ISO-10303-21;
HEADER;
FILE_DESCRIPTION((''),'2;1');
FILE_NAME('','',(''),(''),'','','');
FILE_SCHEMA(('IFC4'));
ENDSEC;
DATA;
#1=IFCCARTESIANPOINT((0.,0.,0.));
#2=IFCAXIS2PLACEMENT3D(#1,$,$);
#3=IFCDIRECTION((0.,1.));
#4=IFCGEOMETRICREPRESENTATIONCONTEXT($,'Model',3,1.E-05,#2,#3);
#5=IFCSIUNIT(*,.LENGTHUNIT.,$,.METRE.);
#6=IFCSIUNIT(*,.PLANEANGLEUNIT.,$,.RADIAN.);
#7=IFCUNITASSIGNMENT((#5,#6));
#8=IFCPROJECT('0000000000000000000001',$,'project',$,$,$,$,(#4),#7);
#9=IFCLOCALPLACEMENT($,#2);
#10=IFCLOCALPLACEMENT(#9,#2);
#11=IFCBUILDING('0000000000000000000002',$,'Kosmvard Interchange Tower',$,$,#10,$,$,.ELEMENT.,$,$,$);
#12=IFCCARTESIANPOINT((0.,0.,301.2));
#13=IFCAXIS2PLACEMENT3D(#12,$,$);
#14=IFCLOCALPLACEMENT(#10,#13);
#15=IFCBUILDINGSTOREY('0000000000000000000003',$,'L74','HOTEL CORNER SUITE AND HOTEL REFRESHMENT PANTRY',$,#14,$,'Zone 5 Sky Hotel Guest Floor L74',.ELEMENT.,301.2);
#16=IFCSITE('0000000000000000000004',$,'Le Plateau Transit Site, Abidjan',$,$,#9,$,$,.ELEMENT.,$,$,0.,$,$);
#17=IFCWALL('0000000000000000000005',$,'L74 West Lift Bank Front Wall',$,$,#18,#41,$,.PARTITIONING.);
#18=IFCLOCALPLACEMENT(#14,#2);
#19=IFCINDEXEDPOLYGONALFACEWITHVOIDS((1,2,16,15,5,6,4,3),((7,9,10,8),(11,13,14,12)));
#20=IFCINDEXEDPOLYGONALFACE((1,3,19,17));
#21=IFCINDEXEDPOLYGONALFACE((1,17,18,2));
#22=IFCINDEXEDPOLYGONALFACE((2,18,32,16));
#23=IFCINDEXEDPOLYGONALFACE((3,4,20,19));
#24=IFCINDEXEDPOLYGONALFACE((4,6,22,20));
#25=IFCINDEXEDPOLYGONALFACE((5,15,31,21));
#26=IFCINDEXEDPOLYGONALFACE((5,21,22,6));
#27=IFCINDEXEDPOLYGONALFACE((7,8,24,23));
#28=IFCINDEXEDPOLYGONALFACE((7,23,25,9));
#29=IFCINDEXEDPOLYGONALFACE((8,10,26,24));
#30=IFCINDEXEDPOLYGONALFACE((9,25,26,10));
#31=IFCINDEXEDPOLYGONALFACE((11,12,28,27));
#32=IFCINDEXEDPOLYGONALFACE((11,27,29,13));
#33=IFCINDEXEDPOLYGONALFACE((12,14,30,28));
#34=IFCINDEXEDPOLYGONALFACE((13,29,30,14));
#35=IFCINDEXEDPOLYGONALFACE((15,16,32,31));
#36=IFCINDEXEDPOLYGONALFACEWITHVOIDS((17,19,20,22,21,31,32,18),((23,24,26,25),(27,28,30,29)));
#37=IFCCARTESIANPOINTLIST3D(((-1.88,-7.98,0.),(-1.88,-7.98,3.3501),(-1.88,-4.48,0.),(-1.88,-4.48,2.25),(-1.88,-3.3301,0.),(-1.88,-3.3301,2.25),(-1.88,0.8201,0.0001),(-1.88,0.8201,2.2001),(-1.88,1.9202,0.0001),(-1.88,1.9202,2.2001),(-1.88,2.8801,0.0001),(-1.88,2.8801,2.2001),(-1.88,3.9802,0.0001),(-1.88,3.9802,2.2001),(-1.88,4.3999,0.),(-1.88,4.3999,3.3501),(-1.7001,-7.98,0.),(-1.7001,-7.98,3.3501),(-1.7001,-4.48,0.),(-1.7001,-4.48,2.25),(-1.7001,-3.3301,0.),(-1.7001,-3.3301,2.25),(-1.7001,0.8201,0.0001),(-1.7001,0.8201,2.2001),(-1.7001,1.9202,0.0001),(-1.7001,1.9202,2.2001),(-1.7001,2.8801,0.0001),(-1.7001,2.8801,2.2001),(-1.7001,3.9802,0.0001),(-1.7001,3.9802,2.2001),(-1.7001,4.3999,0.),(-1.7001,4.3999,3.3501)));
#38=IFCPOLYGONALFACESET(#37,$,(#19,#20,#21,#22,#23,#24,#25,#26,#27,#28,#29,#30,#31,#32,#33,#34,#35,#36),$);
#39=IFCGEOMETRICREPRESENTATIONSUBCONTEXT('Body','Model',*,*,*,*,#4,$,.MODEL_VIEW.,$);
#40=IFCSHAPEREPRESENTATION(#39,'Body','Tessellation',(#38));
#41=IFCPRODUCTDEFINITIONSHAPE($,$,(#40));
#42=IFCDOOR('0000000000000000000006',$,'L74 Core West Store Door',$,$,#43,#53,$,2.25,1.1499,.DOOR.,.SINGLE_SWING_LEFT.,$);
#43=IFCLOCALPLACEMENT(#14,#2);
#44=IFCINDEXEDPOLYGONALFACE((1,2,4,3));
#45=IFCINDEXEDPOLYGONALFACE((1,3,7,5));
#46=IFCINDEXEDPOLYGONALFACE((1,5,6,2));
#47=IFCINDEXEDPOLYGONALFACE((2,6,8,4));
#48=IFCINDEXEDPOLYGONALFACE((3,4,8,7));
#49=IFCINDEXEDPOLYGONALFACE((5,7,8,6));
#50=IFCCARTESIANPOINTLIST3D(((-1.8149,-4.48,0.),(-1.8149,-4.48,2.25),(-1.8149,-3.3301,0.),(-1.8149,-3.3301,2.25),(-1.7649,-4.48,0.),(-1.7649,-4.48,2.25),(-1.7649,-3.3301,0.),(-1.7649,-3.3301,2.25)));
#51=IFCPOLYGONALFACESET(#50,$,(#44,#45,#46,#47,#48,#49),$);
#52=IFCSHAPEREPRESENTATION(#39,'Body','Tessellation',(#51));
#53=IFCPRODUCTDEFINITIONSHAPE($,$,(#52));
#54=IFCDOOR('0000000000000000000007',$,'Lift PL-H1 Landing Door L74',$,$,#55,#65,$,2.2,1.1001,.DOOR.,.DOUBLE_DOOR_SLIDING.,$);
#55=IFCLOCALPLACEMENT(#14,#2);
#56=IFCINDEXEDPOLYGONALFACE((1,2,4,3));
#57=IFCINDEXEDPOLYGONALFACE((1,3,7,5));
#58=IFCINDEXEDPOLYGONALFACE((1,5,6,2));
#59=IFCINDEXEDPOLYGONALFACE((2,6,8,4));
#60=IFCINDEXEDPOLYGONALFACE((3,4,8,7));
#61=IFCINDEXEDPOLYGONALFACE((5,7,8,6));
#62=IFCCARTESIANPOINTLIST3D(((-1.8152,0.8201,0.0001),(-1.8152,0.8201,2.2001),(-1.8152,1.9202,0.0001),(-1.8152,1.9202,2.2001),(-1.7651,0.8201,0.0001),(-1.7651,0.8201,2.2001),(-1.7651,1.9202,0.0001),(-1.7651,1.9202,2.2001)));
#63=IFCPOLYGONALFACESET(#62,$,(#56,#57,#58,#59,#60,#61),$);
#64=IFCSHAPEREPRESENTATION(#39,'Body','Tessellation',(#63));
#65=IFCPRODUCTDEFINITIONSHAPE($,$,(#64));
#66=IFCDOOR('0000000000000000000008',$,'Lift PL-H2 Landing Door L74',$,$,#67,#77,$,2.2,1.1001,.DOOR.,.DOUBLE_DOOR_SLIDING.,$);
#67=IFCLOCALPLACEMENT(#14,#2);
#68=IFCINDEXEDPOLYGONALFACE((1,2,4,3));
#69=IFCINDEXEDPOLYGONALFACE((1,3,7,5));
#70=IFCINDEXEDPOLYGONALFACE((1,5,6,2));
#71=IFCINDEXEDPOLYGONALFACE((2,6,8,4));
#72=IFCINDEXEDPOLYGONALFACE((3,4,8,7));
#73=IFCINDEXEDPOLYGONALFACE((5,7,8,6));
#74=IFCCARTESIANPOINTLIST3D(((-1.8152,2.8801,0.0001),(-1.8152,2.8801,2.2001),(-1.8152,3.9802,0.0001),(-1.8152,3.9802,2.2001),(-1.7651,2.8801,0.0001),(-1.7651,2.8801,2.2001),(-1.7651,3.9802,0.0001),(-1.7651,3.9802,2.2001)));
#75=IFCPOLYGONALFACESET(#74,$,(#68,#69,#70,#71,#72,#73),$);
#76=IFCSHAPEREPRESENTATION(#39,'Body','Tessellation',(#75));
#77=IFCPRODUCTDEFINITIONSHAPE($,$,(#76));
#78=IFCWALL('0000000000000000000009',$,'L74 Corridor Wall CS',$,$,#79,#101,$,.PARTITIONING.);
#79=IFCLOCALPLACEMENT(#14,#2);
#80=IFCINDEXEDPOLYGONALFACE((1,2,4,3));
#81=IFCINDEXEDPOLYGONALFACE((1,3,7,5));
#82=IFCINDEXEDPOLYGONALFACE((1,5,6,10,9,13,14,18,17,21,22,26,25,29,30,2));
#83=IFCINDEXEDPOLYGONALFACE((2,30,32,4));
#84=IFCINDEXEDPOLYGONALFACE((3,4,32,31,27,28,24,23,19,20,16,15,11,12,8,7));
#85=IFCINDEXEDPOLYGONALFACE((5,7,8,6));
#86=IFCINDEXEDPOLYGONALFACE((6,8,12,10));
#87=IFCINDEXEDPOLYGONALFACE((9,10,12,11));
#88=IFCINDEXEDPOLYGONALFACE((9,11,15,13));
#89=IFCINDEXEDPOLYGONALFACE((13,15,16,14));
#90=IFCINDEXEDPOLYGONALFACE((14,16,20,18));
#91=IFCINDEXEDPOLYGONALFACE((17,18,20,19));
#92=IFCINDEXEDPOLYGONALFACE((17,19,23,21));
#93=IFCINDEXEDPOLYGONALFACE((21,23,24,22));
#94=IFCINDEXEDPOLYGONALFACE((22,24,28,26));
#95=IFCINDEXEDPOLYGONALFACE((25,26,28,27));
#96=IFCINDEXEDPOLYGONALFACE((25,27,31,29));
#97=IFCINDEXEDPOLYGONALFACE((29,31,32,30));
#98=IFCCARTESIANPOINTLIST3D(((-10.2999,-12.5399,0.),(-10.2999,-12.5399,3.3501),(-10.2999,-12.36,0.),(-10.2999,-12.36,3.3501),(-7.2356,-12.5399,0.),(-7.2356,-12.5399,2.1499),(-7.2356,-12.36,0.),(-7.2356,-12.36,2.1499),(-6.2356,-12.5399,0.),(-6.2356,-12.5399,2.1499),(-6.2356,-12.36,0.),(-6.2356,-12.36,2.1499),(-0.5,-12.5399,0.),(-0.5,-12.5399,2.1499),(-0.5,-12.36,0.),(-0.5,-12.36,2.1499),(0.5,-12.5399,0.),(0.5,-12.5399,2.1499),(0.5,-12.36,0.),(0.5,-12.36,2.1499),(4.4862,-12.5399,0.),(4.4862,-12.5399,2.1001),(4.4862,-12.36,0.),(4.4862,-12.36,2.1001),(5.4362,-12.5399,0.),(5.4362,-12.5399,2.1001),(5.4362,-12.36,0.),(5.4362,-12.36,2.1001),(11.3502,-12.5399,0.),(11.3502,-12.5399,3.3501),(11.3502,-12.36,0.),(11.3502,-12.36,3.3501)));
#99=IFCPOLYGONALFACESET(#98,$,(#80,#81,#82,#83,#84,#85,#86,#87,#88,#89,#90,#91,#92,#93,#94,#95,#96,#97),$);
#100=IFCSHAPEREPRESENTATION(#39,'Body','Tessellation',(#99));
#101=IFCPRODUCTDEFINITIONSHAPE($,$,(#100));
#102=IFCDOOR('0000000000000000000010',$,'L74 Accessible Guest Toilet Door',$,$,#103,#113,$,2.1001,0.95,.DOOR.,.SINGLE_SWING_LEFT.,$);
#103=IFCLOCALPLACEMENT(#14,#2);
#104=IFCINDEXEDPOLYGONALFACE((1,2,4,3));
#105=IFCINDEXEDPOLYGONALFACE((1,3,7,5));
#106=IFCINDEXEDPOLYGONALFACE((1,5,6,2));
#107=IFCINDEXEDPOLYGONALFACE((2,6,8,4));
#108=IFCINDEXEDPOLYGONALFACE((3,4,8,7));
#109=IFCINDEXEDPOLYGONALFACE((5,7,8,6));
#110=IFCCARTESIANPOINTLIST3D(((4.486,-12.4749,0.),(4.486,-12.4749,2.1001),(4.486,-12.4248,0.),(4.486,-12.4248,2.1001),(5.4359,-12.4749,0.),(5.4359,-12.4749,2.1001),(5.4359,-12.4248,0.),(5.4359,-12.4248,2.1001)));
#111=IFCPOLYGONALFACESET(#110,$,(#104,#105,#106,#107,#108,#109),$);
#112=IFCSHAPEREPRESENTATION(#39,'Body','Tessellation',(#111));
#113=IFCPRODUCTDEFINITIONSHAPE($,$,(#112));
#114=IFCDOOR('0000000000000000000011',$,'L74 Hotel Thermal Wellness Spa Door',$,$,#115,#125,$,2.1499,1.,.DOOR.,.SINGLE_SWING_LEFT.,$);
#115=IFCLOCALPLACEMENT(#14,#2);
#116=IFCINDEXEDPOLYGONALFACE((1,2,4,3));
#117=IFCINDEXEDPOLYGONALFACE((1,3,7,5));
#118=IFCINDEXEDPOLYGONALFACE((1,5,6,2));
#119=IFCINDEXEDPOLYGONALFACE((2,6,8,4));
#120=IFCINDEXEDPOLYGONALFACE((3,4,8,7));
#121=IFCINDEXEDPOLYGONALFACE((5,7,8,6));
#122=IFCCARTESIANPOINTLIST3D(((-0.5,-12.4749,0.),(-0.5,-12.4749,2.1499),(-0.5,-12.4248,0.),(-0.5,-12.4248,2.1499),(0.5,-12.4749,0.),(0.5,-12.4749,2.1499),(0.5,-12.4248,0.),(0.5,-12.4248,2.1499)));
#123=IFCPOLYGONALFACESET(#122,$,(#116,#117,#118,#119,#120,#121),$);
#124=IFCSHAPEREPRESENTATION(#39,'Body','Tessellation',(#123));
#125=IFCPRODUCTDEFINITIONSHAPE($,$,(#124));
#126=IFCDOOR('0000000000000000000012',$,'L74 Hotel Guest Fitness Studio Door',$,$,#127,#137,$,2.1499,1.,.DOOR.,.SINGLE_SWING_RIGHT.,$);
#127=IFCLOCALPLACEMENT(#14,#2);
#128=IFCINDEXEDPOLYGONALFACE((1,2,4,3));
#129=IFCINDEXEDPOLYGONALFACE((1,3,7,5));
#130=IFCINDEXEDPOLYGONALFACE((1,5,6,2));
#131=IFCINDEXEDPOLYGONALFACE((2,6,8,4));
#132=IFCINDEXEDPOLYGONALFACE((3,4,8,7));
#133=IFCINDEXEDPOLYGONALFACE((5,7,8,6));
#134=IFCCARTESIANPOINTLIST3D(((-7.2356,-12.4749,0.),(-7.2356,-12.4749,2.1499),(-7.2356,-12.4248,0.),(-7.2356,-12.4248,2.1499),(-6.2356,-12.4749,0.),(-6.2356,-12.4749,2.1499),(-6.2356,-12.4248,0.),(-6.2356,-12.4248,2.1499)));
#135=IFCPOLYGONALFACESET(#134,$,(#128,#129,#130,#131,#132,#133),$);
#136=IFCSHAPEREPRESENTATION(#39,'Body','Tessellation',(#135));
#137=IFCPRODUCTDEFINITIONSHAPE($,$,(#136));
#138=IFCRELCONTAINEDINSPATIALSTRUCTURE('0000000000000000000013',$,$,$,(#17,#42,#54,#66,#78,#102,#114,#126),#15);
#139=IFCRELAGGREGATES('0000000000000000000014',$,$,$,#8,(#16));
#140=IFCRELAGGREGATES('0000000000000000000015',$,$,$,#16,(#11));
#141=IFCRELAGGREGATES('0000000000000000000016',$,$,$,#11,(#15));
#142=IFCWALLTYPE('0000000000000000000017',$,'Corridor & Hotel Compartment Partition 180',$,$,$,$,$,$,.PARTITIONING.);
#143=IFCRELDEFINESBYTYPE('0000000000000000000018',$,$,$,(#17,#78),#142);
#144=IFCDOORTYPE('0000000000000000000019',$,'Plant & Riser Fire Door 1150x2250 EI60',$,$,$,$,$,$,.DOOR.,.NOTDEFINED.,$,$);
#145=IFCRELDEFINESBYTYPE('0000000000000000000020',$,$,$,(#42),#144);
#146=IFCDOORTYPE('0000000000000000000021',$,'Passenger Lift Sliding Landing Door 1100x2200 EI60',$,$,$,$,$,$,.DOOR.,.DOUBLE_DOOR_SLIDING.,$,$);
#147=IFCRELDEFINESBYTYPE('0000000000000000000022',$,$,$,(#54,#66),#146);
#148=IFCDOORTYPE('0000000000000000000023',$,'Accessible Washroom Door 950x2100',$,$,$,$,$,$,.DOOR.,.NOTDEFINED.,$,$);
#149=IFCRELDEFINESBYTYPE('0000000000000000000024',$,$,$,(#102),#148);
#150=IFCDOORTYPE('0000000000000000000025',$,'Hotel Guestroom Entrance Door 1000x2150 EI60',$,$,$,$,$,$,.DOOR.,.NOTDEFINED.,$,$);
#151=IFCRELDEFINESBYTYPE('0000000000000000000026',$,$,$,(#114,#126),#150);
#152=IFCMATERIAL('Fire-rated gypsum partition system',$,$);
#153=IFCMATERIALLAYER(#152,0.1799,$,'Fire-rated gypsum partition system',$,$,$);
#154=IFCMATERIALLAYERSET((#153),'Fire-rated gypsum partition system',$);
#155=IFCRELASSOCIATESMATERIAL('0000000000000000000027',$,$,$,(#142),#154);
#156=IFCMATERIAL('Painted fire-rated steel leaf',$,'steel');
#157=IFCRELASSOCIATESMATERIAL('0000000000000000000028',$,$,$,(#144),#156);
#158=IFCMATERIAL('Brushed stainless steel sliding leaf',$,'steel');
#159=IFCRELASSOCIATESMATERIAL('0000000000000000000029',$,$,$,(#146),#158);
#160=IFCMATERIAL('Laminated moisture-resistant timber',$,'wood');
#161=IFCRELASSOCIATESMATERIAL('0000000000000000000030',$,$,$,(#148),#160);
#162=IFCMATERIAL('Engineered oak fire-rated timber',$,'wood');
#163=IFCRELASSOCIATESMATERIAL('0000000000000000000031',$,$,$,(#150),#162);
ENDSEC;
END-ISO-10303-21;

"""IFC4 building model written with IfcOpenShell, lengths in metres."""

from ifc_helpers import new_model, si_unit, direction, frame, frame_2d, origin, place, context, subcontext, project, spatial, rectangle, extrude, source, transform, mapped, material, layer, layer_set, type_object, element, fill, save


model = new_model("IFC4")

# Units and contexts
model_context = context("Model", 3, precision=1e-05, world=origin(), true_north=direction((0.0, 1.0)))
body_context = subcontext(model_context, "Body", "Model", "MODEL_VIEW")
ifc_project = project(units=[si_unit("LENGTHUNIT", "METRE"), si_unit("PLANEANGLEUNIT", "RADIAN")], contexts=[model_context])

# Site, building, storey
site_placement = place(None, origin())
site = spatial("IfcSite", under=ifc_project, at=site_placement, Name="Le Plateau Transit Site, Abidjan", CompositionType="ELEMENT", RefElevation=0.0)
building_placement = place(site_placement, origin())
building = spatial("IfcBuilding", under=site, at=building_placement, Name="Kosmvard Interchange Tower", CompositionType="ELEMENT")
storey_placement = place(building_placement, frame((0.0, 0.0, 301.2)))
storey = spatial("IfcBuildingStorey", under=building, at=storey_placement, Name="L74", Description="HOTEL CORNER SUITE AND HOTEL REFRESHMENT PANTRY", LongName="Zone 5 Sky Hotel Guest Floor L74", CompositionType="ELEMENT", Elevation=301.2)

# Walls, openings, doors
ifc_material_1 = material(Name="Fire-rated gypsum partition system")
ifc_layer_1 = layer(ifc_material_1, 0.1799, Name="Fire-rated gypsum partition system")
ifc_layer_set_1 = layer_set([ifc_layer_1], Name="Fire-rated gypsum partition system")
wall_type_1 = type_object("IfcWallType", Name="Corridor & Hotel Compartment Partition 180", PredefinedType="PARTITIONING", material=ifc_layer_set_1)
wall_1_placement = place(storey_placement, frame((-1.79, -7.98, 0.0), z_axis=(0.0, 0.0, 1.0), x_axis=(0.0, 1.0, 0.0)))
wall_1 = element("IfcWall", 1, at=wall_1_placement, inside=storey, type_object=wall_type_1, Name="L74 West Lift Bank Front Wall", PredefinedType="PARTITIONING", context=body_context, shape_type="SweptSolid", body=[
    extrude(rectangle(XDim=12.3799, YDim=0.1799, at=frame_2d((6.1899, 0.0))), origin(), (0.0, 0.0, 1.0), 3.3501),
])
opening_1_placement = place(wall_1_placement, frame((8.8, 0.0, 0.0)))
opening_1 = element("IfcOpeningElement", 2, at=opening_1_placement, cuts=wall_1, PredefinedType="OPENING", context=body_context, shape_type="SweptSolid", body=[
    extrude(rectangle(XDim=1.1001, YDim=2.2, at=frame_2d((0.55, 1.1001))), frame((0.0, 0.1001, 0.0), z_axis=(0.0, -1.0, 0.0), x_axis=(1.0, 0.0, 0.0)), (0.0, 0.0, 1.0), 0.2),
])
opening_2_placement = place(wall_1_placement, frame((10.8601, 0.0, 0.0)))
opening_2 = element("IfcOpeningElement", 3, at=opening_2_placement, cuts=wall_1, PredefinedType="OPENING", context=body_context, shape_type="SweptSolid", body=[
    extrude(rectangle(XDim=1.1001, YDim=2.2, at=frame_2d((0.55, 1.1001))), frame((0.0, 0.1001, 0.0), z_axis=(0.0, -1.0, 0.0), x_axis=(1.0, 0.0, 0.0)), (0.0, 0.0, 1.0), 0.2),
])
opening_3_placement = place(wall_1_placement, frame((3.5, 0.0, 0.0)))
opening_3 = element("IfcOpeningElement", 4, at=opening_3_placement, cuts=wall_1, PredefinedType="OPENING", context=body_context, shape_type="SweptSolid", body=[
    extrude(rectangle(XDim=1.1499, YDim=2.25, at=frame_2d((0.575, 1.125))), frame((0.0, 0.1001, 0.0), z_axis=(0.0, -1.0, 0.0), x_axis=(1.0, 0.0, 0.0)), (0.0, 0.0, 1.0), 0.2),
])
ifc_material_2 = material(Name="Painted fire-rated steel leaf", Category="steel")
door_type_1 = type_object("IfcDoorType", Name="Plant & Riser Fire Door 1150x2250 EI60", OperationType="NOTDEFINED", PredefinedType="DOOR", material=ifc_material_2)
shared_shape_1 = source(origin(), body_context, "Body", "SweptSolid", [
    extrude(rectangle(XDim=1.1499, YDim=2.25, at=frame_2d((0.575, 1.125))), frame((0.0, 0.0249, 0.0), z_axis=(0.0, -1.0, 0.0), x_axis=(1.0, 0.0, 0.0)), (0.0, 0.0, 1.0), 0.05),
])
door_1_placement = place(opening_3_placement, origin())
door_1 = element("IfcDoor", 5, at=door_1_placement, inside=storey, type_object=door_type_1, Name="L74 Core West Store Door", OperationType="SINGLE_SWING_LEFT", OverallHeight=2.25, OverallWidth=1.1499, PredefinedType="DOOR", context=body_context, shape_type="MappedRepresentation", body=[
    mapped(shared_shape_1, transform((0.0, 0.0, 0.0), scale=1.0)),
])
fill(opening_3, door_1)
ifc_material_3 = material(Name="Brushed stainless steel sliding leaf", Category="steel")
door_type_2 = type_object("IfcDoorType", Name="Passenger Lift Sliding Landing Door 1100x2200 EI60", OperationType="DOUBLE_DOOR_SLIDING", PredefinedType="DOOR", material=ifc_material_3)
shared_shape_2 = source(origin(), body_context, "Body", "SweptSolid", [
    extrude(rectangle(XDim=1.1001, YDim=2.2, at=frame_2d((0.55, 1.1001))), frame((0.0, 0.0249, 0.0), z_axis=(0.0, -1.0, 0.0), x_axis=(1.0, 0.0, 0.0)), (0.0, 0.0, 1.0), 0.05),
])
door_2_placement = place(opening_1_placement, frame((1.1001, 0.0, 0.0), z_axis=(0.0, 0.0, 1.0), x_axis=(-1.0, 0.0, 0.0)))
door_2 = element("IfcDoor", 6, at=door_2_placement, inside=storey, type_object=door_type_2, Name="Lift PL-H1 Landing Door L74", OperationType="DOUBLE_DOOR_SLIDING", OverallHeight=2.2, OverallWidth=1.1001, PredefinedType="DOOR", context=body_context, shape_type="MappedRepresentation", body=[
    mapped(shared_shape_2, transform((0.0, 0.0, 0.0), scale=1.0)),
])
fill(opening_1, door_2)
door_3_placement = place(opening_2_placement, frame((1.1001, 0.0, 0.0), z_axis=(0.0, 0.0, 1.0), x_axis=(-1.0, 0.0, 0.0)))
door_3 = element("IfcDoor", 7, at=door_3_placement, inside=storey, type_object=door_type_2, Name="Lift PL-H2 Landing Door L74", OperationType="DOUBLE_DOOR_SLIDING", OverallHeight=2.2, OverallWidth=1.1001, PredefinedType="DOOR", context=body_context, shape_type="MappedRepresentation", body=[
    mapped(shared_shape_2, transform((0.0, 0.0, 0.0), scale=1.0)),
])
fill(opening_2, door_3)
wall_2_placement = place(storey_placement, frame((-10.3, -12.45, 0.0), z_axis=(0.0, 0.0, 1.0), x_axis=(1.0, 0.0, 0.0)))
wall_2 = element("IfcWall", 8, at=wall_2_placement, inside=storey, type_object=wall_type_1, Name="L74 Corridor Wall CS", PredefinedType="PARTITIONING", context=body_context, shape_type="SweptSolid", body=[
    extrude(rectangle(XDim=21.6501, YDim=0.1799, at=frame_2d((10.8252, 0.0))), origin(), (0.0, 0.0, 1.0), 3.3501),
])
opening_4_placement = place(wall_2_placement, frame((14.7861, 0.0, 0.0)))
opening_4 = element("IfcOpeningElement", 9, at=opening_4_placement, cuts=wall_2, PredefinedType="OPENING", context=body_context, shape_type="SweptSolid", body=[
    extrude(rectangle(XDim=0.95, YDim=2.1001, at=frame_2d((0.4751, 1.05))), frame((0.0, 0.1001, 0.0), z_axis=(0.0, -1.0, 0.0), x_axis=(1.0, 0.0, 0.0)), (0.0, 0.0, 1.0), 0.2),
])
opening_5_placement = place(wall_2_placement, frame((9.8, 0.0, 0.0)))
opening_5 = element("IfcOpeningElement", 10, at=opening_5_placement, cuts=wall_2, PredefinedType="OPENING", context=body_context, shape_type="SweptSolid", body=[
    extrude(rectangle(XDim=1.0, YDim=2.1499, at=frame_2d((0.5, 1.075))), frame((0.0, 0.1001, 0.0), z_axis=(0.0, -1.0, 0.0), x_axis=(1.0, 0.0, 0.0)), (0.0, 0.0, 1.0), 0.2),
])
opening_6_placement = place(wall_2_placement, frame((3.0645, 0.0, 0.0)))
opening_6 = element("IfcOpeningElement", 11, at=opening_6_placement, cuts=wall_2, PredefinedType="OPENING", context=body_context, shape_type="SweptSolid", body=[
    extrude(rectangle(XDim=1.0, YDim=2.1499, at=frame_2d((0.5, 1.075))), frame((0.0, 0.1001, 0.0), z_axis=(0.0, -1.0, 0.0), x_axis=(1.0, 0.0, 0.0)), (0.0, 0.0, 1.0), 0.2),
])
ifc_material_4 = material(Name="Laminated moisture-resistant timber", Category="wood")
door_type_3 = type_object("IfcDoorType", Name="Accessible Washroom Door 950x2100", OperationType="NOTDEFINED", PredefinedType="DOOR", material=ifc_material_4)
shared_shape_3 = source(origin(), body_context, "Body", "SweptSolid", [
    extrude(rectangle(XDim=0.95, YDim=2.1001, at=frame_2d((0.4751, 1.05))), frame((0.0, 0.0249, 0.0), z_axis=(0.0, -1.0, 0.0), x_axis=(1.0, 0.0, 0.0)), (0.0, 0.0, 1.0), 0.05),
])
door_4_placement = place(opening_4_placement, frame((0.95, 0.0, 0.0), z_axis=(0.0, 0.0, 1.0), x_axis=(-1.0, 0.0, 0.0)))
door_4 = element("IfcDoor", 12, at=door_4_placement, inside=storey, type_object=door_type_3, Name="L74 Accessible Guest Toilet Door", OperationType="SINGLE_SWING_LEFT", OverallHeight=2.1001, OverallWidth=0.95, PredefinedType="DOOR", context=body_context, shape_type="MappedRepresentation", body=[
    mapped(shared_shape_3, transform((0.0, 0.0, 0.0), scale=1.0)),
])
fill(opening_4, door_4)
ifc_material_5 = material(Name="Engineered oak fire-rated timber", Category="wood")
door_type_4 = type_object("IfcDoorType", Name="Hotel Guestroom Entrance Door 1000x2150 EI60", OperationType="NOTDEFINED", PredefinedType="DOOR", material=ifc_material_5)
shared_shape_4 = source(origin(), body_context, "Body", "SweptSolid", [
    extrude(rectangle(XDim=1.0, YDim=2.1499, at=frame_2d((0.5, 1.075))), frame((0.0, 0.0249, 0.0), z_axis=(0.0, -1.0, 0.0), x_axis=(1.0, 0.0, 0.0)), (0.0, 0.0, 1.0), 0.05),
])
door_5_placement = place(opening_5_placement, frame((1.0, 0.0, 0.0), z_axis=(0.0, 0.0, 1.0), x_axis=(-1.0, 0.0, 0.0)))
door_5 = element("IfcDoor", 13, at=door_5_placement, inside=storey, type_object=door_type_4, Name="L74 Hotel Thermal Wellness Spa Door", OperationType="SINGLE_SWING_LEFT", OverallHeight=2.1499, OverallWidth=1.0, PredefinedType="DOOR", context=body_context, shape_type="MappedRepresentation", body=[
    mapped(shared_shape_4, transform((0.0, 0.0, 0.0), scale=1.0)),
])
fill(opening_5, door_5)
door_6_placement = place(opening_6_placement, frame((1.0, 0.0, 0.0), z_axis=(0.0, 0.0, 1.0), x_axis=(-1.0, 0.0, 0.0)))
door_6 = element("IfcDoor", 14, at=door_6_placement, inside=storey, type_object=door_type_4, Name="L74 Hotel Guest Fitness Studio Door", OperationType="SINGLE_SWING_RIGHT", OverallHeight=2.1499, OverallWidth=1.0, PredefinedType="DOOR", context=body_context, shape_type="MappedRepresentation", body=[
    mapped(shared_shape_4, transform((0.0, 0.0, 0.0), scale=1.0)),
])
fill(opening_6, door_6)

save(model, "model.ifc")
